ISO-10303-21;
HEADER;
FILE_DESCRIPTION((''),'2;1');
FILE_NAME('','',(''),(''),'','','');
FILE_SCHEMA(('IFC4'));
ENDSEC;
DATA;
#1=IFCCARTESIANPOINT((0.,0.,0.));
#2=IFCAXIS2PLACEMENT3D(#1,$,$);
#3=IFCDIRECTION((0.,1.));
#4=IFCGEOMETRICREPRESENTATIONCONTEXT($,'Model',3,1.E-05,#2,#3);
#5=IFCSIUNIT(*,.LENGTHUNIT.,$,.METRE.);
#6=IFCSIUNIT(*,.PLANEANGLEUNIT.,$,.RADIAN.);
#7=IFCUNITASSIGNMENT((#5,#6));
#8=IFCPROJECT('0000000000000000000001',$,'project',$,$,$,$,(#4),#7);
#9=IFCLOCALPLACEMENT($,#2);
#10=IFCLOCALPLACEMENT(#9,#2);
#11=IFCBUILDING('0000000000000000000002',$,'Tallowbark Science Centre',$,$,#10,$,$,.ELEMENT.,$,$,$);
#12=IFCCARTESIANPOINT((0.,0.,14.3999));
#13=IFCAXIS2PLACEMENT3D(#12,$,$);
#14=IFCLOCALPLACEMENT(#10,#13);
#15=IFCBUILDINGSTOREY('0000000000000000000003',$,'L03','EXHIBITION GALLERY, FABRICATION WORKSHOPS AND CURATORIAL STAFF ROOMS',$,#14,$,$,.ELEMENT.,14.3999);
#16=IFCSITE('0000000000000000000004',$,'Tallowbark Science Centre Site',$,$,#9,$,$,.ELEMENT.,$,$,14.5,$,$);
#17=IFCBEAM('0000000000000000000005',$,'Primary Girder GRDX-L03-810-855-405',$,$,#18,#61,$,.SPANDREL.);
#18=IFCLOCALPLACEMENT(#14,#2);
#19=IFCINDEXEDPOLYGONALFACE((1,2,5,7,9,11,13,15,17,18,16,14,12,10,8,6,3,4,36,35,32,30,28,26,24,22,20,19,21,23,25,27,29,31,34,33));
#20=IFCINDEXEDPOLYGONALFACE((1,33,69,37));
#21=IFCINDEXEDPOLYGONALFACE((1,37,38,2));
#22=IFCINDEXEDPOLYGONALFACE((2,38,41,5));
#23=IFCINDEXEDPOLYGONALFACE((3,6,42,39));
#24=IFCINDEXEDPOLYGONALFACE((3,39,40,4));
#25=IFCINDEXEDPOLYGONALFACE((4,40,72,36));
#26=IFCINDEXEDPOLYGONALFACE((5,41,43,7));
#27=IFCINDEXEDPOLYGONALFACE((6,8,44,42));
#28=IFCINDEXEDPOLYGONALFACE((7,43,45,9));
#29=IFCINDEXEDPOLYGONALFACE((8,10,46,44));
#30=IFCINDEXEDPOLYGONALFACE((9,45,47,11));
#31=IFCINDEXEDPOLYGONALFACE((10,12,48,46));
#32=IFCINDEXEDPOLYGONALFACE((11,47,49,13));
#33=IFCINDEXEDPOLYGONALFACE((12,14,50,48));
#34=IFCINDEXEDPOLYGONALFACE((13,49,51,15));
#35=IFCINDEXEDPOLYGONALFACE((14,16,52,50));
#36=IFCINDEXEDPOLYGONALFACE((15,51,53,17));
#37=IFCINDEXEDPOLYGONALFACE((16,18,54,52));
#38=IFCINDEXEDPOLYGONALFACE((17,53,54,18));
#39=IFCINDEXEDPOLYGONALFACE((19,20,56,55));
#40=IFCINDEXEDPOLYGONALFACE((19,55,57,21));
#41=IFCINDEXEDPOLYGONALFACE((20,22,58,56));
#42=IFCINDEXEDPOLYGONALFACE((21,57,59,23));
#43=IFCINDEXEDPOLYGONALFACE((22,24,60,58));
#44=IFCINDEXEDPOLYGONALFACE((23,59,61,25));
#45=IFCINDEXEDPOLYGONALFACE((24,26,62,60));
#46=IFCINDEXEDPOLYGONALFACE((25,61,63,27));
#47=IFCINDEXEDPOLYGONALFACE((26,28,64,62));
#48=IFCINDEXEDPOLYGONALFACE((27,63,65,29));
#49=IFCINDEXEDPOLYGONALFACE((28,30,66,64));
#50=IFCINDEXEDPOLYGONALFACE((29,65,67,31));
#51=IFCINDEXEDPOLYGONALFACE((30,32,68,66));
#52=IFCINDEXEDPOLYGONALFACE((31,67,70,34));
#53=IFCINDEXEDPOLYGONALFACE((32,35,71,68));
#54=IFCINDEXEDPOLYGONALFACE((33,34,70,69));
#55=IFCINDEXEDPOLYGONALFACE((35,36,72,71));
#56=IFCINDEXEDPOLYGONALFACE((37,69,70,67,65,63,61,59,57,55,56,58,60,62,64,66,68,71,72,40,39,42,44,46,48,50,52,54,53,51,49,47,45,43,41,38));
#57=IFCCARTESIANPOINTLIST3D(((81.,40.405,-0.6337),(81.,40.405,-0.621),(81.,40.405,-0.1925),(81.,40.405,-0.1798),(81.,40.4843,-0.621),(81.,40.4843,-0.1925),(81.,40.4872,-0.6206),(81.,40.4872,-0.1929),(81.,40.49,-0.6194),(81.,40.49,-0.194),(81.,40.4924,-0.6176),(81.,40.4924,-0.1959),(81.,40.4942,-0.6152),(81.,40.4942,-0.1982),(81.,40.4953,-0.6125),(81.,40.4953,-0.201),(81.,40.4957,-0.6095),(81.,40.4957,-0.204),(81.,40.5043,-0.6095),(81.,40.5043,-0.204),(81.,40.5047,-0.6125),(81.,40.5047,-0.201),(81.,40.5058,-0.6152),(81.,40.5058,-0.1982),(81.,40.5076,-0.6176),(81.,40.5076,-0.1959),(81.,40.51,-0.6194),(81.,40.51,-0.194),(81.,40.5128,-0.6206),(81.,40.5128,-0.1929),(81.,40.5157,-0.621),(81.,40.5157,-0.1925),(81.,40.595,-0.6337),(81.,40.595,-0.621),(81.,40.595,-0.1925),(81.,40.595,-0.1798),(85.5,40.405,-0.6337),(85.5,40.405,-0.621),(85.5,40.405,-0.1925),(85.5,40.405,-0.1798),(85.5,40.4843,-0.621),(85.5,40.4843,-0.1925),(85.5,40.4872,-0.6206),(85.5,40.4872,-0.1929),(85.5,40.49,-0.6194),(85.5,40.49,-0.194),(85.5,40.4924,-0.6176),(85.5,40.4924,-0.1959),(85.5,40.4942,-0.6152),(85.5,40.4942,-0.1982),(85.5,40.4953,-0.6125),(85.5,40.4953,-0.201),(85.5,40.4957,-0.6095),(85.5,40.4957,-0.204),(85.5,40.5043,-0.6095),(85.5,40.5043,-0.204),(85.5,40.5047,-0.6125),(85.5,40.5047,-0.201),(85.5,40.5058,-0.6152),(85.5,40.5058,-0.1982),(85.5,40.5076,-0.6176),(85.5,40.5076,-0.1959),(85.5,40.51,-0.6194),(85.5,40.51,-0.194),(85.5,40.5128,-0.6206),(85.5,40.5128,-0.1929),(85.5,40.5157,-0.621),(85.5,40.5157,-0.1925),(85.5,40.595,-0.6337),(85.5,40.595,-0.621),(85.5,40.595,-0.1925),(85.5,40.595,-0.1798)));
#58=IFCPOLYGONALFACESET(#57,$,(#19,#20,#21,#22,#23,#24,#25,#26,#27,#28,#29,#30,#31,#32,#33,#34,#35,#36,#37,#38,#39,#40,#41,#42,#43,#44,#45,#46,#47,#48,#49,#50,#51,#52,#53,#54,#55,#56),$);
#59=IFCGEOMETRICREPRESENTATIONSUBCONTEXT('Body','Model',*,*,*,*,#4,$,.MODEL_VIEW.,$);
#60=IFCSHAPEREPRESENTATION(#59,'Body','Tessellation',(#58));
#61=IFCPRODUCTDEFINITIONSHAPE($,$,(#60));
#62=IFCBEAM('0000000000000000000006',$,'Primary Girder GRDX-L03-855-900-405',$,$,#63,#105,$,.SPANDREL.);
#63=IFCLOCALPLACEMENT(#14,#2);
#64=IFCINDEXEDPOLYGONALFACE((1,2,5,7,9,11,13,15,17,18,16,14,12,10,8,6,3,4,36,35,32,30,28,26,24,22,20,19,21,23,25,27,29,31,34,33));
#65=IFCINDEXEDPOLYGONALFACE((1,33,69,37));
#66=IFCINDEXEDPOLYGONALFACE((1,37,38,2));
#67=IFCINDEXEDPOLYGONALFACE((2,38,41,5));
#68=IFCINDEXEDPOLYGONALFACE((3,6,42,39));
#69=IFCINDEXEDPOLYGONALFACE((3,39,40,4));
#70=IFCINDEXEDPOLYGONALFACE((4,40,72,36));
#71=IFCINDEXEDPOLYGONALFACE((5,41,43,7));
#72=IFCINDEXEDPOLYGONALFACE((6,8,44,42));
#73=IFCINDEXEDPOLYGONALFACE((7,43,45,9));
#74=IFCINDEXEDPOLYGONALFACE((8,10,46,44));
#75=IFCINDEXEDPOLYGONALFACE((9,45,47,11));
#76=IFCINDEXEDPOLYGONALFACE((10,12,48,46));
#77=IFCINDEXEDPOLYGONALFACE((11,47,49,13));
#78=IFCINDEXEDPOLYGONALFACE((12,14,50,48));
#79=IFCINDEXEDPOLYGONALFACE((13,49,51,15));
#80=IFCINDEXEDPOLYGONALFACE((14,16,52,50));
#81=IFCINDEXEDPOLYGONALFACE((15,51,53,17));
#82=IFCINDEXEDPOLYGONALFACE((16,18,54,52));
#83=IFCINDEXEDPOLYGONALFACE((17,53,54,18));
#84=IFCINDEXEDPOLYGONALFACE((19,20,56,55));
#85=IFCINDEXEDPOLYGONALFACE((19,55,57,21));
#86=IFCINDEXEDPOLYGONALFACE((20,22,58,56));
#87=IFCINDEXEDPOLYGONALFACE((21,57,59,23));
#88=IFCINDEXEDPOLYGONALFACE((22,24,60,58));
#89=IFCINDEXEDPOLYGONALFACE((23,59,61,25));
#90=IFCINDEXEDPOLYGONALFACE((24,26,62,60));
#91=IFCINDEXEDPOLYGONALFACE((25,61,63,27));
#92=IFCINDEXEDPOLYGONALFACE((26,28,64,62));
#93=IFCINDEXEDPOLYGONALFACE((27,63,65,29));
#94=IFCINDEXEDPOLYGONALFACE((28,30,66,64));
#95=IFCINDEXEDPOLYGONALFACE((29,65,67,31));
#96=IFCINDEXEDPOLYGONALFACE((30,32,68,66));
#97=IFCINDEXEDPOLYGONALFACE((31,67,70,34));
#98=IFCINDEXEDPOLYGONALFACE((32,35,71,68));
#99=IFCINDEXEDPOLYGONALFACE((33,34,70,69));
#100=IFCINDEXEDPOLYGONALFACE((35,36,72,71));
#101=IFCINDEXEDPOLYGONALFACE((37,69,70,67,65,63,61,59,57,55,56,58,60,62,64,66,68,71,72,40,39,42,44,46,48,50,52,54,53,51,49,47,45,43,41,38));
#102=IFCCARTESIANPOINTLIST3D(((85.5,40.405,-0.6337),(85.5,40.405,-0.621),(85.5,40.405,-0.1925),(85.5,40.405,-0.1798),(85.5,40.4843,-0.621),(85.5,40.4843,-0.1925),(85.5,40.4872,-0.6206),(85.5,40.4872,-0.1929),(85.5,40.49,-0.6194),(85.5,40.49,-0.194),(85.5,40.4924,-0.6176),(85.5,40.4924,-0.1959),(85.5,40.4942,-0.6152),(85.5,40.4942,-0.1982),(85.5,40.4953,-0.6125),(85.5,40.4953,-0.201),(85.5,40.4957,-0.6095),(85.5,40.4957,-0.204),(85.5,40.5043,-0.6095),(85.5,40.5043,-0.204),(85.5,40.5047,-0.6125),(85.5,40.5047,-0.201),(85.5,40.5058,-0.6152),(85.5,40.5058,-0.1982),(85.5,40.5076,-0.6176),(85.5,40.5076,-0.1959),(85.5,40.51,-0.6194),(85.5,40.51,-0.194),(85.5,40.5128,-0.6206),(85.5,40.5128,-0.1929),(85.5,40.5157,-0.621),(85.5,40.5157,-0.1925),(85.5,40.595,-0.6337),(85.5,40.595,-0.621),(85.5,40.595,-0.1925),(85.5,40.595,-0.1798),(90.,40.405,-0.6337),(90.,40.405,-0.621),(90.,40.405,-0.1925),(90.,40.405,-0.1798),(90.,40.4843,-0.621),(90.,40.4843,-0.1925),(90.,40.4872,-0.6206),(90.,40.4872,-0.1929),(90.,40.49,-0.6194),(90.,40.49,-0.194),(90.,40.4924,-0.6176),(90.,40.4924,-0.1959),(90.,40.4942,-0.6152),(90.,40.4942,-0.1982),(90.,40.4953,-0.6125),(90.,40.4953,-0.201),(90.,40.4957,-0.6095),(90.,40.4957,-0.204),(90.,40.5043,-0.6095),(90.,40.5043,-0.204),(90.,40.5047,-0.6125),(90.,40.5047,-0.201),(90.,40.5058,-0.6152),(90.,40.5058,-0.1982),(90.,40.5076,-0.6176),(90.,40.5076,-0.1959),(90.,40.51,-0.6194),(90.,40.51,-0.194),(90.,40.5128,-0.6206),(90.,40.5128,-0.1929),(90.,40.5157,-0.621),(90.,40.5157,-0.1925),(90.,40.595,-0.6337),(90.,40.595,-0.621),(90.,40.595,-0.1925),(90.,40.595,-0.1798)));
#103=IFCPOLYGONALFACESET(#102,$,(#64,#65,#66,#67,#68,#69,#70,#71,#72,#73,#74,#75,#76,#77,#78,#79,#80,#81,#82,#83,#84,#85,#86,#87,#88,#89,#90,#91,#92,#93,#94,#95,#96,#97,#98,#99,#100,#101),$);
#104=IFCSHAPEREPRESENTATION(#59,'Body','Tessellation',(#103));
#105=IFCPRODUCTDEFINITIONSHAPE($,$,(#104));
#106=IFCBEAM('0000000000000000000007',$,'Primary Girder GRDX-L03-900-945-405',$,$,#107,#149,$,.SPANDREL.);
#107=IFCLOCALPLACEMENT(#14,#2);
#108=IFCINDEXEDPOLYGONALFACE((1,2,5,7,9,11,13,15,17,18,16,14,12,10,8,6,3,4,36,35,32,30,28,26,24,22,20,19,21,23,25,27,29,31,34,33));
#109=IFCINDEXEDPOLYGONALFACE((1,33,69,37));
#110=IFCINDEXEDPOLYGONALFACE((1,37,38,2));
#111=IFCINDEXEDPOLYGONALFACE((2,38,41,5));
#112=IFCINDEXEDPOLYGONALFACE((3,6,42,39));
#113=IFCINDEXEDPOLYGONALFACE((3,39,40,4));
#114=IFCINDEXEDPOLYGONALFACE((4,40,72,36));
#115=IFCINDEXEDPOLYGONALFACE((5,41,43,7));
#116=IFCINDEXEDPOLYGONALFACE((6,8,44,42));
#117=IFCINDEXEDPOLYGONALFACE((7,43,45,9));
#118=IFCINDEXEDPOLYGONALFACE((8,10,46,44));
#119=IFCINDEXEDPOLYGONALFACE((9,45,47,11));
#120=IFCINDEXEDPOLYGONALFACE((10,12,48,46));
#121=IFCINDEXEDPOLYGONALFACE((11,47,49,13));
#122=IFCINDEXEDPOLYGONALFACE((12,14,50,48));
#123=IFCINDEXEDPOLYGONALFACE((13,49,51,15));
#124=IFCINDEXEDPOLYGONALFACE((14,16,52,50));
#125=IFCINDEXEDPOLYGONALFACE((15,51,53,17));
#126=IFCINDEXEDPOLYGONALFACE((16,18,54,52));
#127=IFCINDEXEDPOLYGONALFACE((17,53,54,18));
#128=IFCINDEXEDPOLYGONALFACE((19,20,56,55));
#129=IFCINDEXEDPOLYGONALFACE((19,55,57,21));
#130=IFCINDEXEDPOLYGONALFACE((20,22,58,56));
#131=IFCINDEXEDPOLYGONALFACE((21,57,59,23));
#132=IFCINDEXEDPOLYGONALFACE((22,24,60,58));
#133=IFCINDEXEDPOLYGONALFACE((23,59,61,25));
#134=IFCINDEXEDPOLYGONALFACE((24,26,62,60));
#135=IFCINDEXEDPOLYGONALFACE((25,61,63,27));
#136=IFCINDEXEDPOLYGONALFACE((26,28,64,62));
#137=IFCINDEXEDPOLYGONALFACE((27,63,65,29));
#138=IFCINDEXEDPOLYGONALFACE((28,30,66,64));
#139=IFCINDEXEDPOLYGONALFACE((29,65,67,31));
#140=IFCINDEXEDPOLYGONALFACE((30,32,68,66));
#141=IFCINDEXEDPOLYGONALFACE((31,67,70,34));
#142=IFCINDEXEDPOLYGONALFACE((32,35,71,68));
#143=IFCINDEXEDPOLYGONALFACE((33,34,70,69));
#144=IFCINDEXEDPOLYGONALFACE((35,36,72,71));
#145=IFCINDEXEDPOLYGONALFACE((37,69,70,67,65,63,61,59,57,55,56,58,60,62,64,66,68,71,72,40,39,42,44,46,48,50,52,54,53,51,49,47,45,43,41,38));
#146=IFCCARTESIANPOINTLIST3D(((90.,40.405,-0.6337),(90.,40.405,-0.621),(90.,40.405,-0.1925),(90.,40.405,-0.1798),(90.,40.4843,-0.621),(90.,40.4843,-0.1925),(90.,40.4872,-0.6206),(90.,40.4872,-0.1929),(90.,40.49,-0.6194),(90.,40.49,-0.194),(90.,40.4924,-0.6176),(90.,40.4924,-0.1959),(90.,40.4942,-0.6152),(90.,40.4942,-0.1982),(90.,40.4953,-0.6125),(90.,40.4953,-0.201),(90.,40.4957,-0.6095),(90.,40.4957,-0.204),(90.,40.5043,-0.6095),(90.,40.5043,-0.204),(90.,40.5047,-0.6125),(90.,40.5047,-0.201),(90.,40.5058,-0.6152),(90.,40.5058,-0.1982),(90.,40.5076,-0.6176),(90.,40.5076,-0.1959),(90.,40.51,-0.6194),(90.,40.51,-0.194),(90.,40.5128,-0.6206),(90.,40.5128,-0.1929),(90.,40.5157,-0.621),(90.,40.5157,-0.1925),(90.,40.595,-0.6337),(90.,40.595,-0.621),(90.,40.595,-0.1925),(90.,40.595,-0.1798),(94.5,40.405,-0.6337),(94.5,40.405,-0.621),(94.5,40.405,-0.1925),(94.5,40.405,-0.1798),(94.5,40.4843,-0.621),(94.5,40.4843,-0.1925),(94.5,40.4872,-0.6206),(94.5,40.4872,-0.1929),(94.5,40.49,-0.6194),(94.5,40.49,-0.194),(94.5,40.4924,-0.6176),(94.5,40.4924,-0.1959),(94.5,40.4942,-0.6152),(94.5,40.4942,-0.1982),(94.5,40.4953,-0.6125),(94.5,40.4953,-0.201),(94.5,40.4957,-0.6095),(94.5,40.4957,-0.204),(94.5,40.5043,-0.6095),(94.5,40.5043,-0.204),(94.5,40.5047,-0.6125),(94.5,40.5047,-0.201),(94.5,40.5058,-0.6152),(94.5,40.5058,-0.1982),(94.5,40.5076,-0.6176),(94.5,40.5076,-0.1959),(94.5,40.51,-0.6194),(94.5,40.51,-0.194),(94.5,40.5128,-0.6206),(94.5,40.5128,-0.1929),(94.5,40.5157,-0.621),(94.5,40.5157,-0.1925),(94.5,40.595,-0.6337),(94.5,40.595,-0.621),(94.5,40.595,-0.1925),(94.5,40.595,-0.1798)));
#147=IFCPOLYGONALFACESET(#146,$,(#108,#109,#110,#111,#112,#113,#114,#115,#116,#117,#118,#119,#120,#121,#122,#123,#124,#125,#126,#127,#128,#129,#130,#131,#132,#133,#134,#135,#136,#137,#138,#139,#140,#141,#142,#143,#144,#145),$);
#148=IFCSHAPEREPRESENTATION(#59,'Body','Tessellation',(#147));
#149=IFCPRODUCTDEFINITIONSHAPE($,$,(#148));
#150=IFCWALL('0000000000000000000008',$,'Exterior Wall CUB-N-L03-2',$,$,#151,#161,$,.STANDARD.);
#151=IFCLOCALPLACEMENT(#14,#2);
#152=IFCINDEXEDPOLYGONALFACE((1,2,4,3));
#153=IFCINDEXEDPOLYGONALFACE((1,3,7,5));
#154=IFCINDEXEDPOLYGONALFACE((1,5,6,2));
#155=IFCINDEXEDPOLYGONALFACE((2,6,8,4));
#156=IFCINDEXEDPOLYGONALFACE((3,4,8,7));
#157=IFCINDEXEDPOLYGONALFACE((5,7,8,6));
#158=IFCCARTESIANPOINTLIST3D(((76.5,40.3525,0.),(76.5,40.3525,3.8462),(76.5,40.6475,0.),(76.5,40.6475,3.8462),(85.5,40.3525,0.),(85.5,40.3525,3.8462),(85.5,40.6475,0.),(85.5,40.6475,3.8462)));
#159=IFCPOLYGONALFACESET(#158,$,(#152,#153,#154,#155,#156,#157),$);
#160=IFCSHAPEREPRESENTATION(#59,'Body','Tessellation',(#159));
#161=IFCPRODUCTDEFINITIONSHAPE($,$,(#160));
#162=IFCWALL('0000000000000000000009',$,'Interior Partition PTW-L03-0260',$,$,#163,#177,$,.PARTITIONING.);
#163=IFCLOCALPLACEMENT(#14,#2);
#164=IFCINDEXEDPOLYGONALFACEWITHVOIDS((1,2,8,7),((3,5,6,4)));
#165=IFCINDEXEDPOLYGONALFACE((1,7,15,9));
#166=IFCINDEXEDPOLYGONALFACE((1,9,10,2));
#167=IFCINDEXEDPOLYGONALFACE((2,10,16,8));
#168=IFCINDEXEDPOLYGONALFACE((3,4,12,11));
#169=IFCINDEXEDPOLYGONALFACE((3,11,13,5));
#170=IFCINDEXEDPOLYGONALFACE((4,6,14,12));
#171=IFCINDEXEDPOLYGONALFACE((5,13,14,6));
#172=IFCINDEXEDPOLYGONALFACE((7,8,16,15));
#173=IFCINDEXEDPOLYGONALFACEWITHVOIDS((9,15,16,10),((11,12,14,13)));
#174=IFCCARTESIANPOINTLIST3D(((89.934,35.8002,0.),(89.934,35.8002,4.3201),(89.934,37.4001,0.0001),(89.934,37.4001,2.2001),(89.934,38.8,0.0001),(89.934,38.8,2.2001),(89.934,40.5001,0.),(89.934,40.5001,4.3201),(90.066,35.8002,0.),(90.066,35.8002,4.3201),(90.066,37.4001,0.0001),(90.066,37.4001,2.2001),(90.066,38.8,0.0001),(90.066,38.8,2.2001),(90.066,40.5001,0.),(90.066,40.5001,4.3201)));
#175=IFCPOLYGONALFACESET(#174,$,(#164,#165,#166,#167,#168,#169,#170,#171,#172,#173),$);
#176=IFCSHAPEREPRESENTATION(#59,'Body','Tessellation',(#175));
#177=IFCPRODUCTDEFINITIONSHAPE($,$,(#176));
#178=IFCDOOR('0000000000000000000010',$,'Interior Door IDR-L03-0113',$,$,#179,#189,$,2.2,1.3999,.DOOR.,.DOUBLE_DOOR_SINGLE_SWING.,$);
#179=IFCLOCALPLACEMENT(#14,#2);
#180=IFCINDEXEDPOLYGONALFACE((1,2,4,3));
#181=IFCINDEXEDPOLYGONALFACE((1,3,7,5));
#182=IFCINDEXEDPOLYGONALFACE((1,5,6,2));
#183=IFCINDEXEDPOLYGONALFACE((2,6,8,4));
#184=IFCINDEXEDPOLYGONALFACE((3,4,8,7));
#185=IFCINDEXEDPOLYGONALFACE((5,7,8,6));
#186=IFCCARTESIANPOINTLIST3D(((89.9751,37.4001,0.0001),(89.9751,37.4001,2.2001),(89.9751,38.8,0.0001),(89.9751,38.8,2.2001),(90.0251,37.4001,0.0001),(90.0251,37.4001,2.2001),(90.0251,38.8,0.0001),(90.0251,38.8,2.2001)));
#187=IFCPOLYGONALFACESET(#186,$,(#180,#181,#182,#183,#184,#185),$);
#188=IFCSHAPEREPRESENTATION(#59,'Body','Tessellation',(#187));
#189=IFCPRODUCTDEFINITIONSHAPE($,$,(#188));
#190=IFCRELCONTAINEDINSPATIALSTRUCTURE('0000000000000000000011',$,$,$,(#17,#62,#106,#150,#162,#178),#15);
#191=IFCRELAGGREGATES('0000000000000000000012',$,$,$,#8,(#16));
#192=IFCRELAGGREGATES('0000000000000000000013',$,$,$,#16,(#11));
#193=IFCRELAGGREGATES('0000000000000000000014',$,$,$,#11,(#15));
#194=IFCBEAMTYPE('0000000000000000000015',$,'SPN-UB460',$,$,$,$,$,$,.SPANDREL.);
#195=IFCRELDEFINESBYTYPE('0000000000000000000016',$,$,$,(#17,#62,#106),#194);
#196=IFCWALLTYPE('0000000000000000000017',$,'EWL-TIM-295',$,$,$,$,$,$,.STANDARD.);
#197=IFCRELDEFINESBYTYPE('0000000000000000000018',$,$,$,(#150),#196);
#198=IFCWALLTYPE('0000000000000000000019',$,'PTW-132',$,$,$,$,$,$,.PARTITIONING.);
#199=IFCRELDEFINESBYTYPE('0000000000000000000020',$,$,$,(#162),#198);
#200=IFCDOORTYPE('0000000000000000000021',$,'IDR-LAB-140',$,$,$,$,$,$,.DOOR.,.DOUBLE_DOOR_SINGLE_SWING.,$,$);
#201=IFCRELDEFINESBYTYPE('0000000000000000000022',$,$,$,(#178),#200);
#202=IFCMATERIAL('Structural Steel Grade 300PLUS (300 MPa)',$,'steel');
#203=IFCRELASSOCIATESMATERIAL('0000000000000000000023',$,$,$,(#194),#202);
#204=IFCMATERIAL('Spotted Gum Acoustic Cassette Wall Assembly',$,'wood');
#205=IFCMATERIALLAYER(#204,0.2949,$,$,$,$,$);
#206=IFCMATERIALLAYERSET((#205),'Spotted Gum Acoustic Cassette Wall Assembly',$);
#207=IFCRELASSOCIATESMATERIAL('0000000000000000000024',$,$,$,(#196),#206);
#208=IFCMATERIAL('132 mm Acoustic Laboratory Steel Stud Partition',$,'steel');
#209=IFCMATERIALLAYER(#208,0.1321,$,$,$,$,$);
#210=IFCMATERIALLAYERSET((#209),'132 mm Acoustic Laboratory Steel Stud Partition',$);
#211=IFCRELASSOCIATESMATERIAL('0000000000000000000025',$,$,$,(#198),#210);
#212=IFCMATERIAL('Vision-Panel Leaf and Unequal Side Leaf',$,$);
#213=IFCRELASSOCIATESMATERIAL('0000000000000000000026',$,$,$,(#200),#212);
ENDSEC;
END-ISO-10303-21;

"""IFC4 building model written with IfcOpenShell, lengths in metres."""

from ifc_helpers import new_model, si_unit, direction, frame, frame_2d, origin, origin_2d, place, context, subcontext, project, spatial, rectangle, i_section, extrude, material, layer, layer_set, material_profile, profile_set, type_object, element, fill, save


model = new_model("IFC4")

# Units and contexts
model_context = context("Model", 3, precision=1e-05, world=origin(), true_north=direction((0.0, 1.0)))
body_context = subcontext(model_context, "Body", "Model", "MODEL_VIEW")
ifc_project = project(units=[si_unit("LENGTHUNIT", "METRE"), si_unit("PLANEANGLEUNIT", "RADIAN")], contexts=[model_context])

# Site, building, storey
site_placement = place(None, origin())
site = spatial("IfcSite", under=ifc_project, at=site_placement, Name="Tallowbark Science Centre Site", CompositionType="ELEMENT", RefElevation=14.5)
building_placement = place(site_placement, origin())
building = spatial("IfcBuilding", under=site, at=building_placement, Name="Tallowbark Science Centre", CompositionType="ELEMENT")
storey_placement = place(building_placement, frame((0.0, 0.0, 14.3999)))
storey = spatial("IfcBuildingStorey", under=building, at=storey_placement, Name="L03", Description="EXHIBITION GALLERY, FABRICATION WORKSHOPS AND CURATORIAL STAFF ROOMS", CompositionType="ELEMENT", Elevation=14.3999)

# Shared definitions
ifc_material_1 = material(Name="Structural Steel Grade 300PLUS (300 MPa)", Category="steel")

# Beams
ifc_material_profile_1 = material_profile(ifc_material_1, i_section(OverallWidth=0.1899, OverallDepth=0.4539, WebThickness=0.0085, FlangeThickness=0.0127, FilletRadius=0.0115, at=origin_2d()), Name="460UB67.1")
ifc_profile_set_1 = profile_set([ifc_material_profile_1], Name="Structural Steel Grade 300PLUS (300 MPa)")
beam_type_1 = type_object("IfcBeamType", Name="SPN-UB460", PredefinedType="SPANDREL", material=ifc_profile_set_1)
for number, where, z_axis, x_axis, name in (
    (1, (81.0, 40.5, -0.4067), (1.0, 0.0, 0.0), (0.0, 1.0, 0.0), "Primary Girder GRDX-L03-810-855-405"),
    (2, (85.5, 40.5, -0.4067), (1.0, 0.0, 0.0), (0.0, 1.0, 0.0), "Primary Girder GRDX-L03-855-900-405"),
    (3, (90.0, 40.5, -0.4067), (1.0, 0.0, 0.0), (0.0, 1.0, 0.0), "Primary Girder GRDX-L03-900-945-405"),
):
    element("IfcBeam", number, at=place(storey_placement, frame(where, z_axis=z_axis, x_axis=x_axis)), inside=storey, type_object=beam_type_1, Name=name, PredefinedType="SPANDREL", context=body_context, shape_type="SweptSolid", body=[
        extrude(i_section(OverallWidth=0.1899, OverallDepth=0.4539, WebThickness=0.0085, FlangeThickness=0.0127, FilletRadius=0.0115, at=origin_2d()), origin(), (0.0, 0.0, 1.0), 4.5),
    ])

# Wall
ifc_material_2 = material(Name="Spotted Gum Acoustic Cassette Wall Assembly", Category="wood")
ifc_layer_1 = layer(ifc_material_2, 0.2949)
ifc_layer_set_1 = layer_set([ifc_layer_1], Name="Spotted Gum Acoustic Cassette Wall Assembly")
wall_type_1 = type_object("IfcWallType", Name="EWL-TIM-295", PredefinedType="STANDARD", material=ifc_layer_set_1)
wall_1_placement = place(storey_placement, frame((85.5, 40.5, 0.0), z_axis=(0.0, 0.0, 1.0), x_axis=(-1.0, 0.0, 0.0)))
element("IfcWall", 4, at=wall_1_placement, inside=storey, type_object=wall_type_1, Name="Exterior Wall CUB-N-L03-2", PredefinedType="STANDARD", context=body_context, shape_type="SweptSolid", body=[
    extrude(rectangle(XDim=9.0, YDim=0.2949, at=frame_2d((4.5, 0.0))), origin(), (0.0, 0.0, 1.0), 3.8462),
])

# Wall, opening, door
ifc_material_3 = material(Name="132 mm Acoustic Laboratory Steel Stud Partition", Category="steel")
ifc_layer_2 = layer(ifc_material_3, 0.1321)
ifc_layer_set_2 = layer_set([ifc_layer_2], Name="132 mm Acoustic Laboratory Steel Stud Partition")
wall_type_2 = type_object("IfcWallType", Name="PTW-132", PredefinedType="PARTITIONING", material=ifc_layer_set_2)
wall_2_placement = place(storey_placement, frame((90.0, 35.8, 0.0), z_axis=(0.0, 0.0, 1.0), x_axis=(0.0, 1.0, 0.0)))
wall_2 = element("IfcWall", 5, at=wall_2_placement, inside=storey, type_object=wall_type_2, Name="Interior Partition PTW-L03-0260", PredefinedType="PARTITIONING", context=body_context, shape_type="SweptSolid", body=[
    extrude(rectangle(XDim=4.7, YDim=0.1321, at=frame_2d((2.3501, 0.0))), origin(), (0.0, 0.0, 1.0), 4.3201),
])
opening_1_placement = place(wall_2_placement, frame((1.6001, 0.0, 0.0)))
opening_1 = element("IfcOpeningElement", 6, at=opening_1_placement, cuts=wall_2, PredefinedType="OPENING", context=body_context, shape_type="SweptSolid", body=[
    extrude(rectangle(XDim=1.3999, YDim=2.2, at=frame_2d((0.7, 1.1001))), frame((0.0, 0.0762, 0.0), z_axis=(0.0, -1.0, 0.0), x_axis=(1.0, 0.0, 0.0)), (0.0, 0.0, 1.0), 0.1521),
])
ifc_material_4 = material(Name="Vision-Panel Leaf and Unequal Side Leaf")
door_type_1 = type_object("IfcDoorType", Name="IDR-LAB-140", OperationType="DOUBLE_DOOR_SINGLE_SWING", PredefinedType="DOOR", material=ifc_material_4)
door_1_placement = place(opening_1_placement, origin())
door_1 = element("IfcDoor", 7, at=door_1_placement, inside=storey, type_object=door_type_1, Name="Interior Door IDR-L03-0113", OperationType="DOUBLE_DOOR_SINGLE_SWING", OverallHeight=2.2, OverallWidth=1.3999, PredefinedType="DOOR", context=body_context, shape_type="SweptSolid", body=[
    extrude(rectangle(XDim=1.3999, YDim=2.2, at=frame_2d((0.7, 1.1001))), frame((0.0, 0.0249, 0.0), z_axis=(0.0, -1.0, 0.0), x_axis=(1.0, 0.0, 0.0)), (0.0, 0.0, 1.0), 0.05),
])
fill(opening_1, door_1)

save(model, "model.ifc")
